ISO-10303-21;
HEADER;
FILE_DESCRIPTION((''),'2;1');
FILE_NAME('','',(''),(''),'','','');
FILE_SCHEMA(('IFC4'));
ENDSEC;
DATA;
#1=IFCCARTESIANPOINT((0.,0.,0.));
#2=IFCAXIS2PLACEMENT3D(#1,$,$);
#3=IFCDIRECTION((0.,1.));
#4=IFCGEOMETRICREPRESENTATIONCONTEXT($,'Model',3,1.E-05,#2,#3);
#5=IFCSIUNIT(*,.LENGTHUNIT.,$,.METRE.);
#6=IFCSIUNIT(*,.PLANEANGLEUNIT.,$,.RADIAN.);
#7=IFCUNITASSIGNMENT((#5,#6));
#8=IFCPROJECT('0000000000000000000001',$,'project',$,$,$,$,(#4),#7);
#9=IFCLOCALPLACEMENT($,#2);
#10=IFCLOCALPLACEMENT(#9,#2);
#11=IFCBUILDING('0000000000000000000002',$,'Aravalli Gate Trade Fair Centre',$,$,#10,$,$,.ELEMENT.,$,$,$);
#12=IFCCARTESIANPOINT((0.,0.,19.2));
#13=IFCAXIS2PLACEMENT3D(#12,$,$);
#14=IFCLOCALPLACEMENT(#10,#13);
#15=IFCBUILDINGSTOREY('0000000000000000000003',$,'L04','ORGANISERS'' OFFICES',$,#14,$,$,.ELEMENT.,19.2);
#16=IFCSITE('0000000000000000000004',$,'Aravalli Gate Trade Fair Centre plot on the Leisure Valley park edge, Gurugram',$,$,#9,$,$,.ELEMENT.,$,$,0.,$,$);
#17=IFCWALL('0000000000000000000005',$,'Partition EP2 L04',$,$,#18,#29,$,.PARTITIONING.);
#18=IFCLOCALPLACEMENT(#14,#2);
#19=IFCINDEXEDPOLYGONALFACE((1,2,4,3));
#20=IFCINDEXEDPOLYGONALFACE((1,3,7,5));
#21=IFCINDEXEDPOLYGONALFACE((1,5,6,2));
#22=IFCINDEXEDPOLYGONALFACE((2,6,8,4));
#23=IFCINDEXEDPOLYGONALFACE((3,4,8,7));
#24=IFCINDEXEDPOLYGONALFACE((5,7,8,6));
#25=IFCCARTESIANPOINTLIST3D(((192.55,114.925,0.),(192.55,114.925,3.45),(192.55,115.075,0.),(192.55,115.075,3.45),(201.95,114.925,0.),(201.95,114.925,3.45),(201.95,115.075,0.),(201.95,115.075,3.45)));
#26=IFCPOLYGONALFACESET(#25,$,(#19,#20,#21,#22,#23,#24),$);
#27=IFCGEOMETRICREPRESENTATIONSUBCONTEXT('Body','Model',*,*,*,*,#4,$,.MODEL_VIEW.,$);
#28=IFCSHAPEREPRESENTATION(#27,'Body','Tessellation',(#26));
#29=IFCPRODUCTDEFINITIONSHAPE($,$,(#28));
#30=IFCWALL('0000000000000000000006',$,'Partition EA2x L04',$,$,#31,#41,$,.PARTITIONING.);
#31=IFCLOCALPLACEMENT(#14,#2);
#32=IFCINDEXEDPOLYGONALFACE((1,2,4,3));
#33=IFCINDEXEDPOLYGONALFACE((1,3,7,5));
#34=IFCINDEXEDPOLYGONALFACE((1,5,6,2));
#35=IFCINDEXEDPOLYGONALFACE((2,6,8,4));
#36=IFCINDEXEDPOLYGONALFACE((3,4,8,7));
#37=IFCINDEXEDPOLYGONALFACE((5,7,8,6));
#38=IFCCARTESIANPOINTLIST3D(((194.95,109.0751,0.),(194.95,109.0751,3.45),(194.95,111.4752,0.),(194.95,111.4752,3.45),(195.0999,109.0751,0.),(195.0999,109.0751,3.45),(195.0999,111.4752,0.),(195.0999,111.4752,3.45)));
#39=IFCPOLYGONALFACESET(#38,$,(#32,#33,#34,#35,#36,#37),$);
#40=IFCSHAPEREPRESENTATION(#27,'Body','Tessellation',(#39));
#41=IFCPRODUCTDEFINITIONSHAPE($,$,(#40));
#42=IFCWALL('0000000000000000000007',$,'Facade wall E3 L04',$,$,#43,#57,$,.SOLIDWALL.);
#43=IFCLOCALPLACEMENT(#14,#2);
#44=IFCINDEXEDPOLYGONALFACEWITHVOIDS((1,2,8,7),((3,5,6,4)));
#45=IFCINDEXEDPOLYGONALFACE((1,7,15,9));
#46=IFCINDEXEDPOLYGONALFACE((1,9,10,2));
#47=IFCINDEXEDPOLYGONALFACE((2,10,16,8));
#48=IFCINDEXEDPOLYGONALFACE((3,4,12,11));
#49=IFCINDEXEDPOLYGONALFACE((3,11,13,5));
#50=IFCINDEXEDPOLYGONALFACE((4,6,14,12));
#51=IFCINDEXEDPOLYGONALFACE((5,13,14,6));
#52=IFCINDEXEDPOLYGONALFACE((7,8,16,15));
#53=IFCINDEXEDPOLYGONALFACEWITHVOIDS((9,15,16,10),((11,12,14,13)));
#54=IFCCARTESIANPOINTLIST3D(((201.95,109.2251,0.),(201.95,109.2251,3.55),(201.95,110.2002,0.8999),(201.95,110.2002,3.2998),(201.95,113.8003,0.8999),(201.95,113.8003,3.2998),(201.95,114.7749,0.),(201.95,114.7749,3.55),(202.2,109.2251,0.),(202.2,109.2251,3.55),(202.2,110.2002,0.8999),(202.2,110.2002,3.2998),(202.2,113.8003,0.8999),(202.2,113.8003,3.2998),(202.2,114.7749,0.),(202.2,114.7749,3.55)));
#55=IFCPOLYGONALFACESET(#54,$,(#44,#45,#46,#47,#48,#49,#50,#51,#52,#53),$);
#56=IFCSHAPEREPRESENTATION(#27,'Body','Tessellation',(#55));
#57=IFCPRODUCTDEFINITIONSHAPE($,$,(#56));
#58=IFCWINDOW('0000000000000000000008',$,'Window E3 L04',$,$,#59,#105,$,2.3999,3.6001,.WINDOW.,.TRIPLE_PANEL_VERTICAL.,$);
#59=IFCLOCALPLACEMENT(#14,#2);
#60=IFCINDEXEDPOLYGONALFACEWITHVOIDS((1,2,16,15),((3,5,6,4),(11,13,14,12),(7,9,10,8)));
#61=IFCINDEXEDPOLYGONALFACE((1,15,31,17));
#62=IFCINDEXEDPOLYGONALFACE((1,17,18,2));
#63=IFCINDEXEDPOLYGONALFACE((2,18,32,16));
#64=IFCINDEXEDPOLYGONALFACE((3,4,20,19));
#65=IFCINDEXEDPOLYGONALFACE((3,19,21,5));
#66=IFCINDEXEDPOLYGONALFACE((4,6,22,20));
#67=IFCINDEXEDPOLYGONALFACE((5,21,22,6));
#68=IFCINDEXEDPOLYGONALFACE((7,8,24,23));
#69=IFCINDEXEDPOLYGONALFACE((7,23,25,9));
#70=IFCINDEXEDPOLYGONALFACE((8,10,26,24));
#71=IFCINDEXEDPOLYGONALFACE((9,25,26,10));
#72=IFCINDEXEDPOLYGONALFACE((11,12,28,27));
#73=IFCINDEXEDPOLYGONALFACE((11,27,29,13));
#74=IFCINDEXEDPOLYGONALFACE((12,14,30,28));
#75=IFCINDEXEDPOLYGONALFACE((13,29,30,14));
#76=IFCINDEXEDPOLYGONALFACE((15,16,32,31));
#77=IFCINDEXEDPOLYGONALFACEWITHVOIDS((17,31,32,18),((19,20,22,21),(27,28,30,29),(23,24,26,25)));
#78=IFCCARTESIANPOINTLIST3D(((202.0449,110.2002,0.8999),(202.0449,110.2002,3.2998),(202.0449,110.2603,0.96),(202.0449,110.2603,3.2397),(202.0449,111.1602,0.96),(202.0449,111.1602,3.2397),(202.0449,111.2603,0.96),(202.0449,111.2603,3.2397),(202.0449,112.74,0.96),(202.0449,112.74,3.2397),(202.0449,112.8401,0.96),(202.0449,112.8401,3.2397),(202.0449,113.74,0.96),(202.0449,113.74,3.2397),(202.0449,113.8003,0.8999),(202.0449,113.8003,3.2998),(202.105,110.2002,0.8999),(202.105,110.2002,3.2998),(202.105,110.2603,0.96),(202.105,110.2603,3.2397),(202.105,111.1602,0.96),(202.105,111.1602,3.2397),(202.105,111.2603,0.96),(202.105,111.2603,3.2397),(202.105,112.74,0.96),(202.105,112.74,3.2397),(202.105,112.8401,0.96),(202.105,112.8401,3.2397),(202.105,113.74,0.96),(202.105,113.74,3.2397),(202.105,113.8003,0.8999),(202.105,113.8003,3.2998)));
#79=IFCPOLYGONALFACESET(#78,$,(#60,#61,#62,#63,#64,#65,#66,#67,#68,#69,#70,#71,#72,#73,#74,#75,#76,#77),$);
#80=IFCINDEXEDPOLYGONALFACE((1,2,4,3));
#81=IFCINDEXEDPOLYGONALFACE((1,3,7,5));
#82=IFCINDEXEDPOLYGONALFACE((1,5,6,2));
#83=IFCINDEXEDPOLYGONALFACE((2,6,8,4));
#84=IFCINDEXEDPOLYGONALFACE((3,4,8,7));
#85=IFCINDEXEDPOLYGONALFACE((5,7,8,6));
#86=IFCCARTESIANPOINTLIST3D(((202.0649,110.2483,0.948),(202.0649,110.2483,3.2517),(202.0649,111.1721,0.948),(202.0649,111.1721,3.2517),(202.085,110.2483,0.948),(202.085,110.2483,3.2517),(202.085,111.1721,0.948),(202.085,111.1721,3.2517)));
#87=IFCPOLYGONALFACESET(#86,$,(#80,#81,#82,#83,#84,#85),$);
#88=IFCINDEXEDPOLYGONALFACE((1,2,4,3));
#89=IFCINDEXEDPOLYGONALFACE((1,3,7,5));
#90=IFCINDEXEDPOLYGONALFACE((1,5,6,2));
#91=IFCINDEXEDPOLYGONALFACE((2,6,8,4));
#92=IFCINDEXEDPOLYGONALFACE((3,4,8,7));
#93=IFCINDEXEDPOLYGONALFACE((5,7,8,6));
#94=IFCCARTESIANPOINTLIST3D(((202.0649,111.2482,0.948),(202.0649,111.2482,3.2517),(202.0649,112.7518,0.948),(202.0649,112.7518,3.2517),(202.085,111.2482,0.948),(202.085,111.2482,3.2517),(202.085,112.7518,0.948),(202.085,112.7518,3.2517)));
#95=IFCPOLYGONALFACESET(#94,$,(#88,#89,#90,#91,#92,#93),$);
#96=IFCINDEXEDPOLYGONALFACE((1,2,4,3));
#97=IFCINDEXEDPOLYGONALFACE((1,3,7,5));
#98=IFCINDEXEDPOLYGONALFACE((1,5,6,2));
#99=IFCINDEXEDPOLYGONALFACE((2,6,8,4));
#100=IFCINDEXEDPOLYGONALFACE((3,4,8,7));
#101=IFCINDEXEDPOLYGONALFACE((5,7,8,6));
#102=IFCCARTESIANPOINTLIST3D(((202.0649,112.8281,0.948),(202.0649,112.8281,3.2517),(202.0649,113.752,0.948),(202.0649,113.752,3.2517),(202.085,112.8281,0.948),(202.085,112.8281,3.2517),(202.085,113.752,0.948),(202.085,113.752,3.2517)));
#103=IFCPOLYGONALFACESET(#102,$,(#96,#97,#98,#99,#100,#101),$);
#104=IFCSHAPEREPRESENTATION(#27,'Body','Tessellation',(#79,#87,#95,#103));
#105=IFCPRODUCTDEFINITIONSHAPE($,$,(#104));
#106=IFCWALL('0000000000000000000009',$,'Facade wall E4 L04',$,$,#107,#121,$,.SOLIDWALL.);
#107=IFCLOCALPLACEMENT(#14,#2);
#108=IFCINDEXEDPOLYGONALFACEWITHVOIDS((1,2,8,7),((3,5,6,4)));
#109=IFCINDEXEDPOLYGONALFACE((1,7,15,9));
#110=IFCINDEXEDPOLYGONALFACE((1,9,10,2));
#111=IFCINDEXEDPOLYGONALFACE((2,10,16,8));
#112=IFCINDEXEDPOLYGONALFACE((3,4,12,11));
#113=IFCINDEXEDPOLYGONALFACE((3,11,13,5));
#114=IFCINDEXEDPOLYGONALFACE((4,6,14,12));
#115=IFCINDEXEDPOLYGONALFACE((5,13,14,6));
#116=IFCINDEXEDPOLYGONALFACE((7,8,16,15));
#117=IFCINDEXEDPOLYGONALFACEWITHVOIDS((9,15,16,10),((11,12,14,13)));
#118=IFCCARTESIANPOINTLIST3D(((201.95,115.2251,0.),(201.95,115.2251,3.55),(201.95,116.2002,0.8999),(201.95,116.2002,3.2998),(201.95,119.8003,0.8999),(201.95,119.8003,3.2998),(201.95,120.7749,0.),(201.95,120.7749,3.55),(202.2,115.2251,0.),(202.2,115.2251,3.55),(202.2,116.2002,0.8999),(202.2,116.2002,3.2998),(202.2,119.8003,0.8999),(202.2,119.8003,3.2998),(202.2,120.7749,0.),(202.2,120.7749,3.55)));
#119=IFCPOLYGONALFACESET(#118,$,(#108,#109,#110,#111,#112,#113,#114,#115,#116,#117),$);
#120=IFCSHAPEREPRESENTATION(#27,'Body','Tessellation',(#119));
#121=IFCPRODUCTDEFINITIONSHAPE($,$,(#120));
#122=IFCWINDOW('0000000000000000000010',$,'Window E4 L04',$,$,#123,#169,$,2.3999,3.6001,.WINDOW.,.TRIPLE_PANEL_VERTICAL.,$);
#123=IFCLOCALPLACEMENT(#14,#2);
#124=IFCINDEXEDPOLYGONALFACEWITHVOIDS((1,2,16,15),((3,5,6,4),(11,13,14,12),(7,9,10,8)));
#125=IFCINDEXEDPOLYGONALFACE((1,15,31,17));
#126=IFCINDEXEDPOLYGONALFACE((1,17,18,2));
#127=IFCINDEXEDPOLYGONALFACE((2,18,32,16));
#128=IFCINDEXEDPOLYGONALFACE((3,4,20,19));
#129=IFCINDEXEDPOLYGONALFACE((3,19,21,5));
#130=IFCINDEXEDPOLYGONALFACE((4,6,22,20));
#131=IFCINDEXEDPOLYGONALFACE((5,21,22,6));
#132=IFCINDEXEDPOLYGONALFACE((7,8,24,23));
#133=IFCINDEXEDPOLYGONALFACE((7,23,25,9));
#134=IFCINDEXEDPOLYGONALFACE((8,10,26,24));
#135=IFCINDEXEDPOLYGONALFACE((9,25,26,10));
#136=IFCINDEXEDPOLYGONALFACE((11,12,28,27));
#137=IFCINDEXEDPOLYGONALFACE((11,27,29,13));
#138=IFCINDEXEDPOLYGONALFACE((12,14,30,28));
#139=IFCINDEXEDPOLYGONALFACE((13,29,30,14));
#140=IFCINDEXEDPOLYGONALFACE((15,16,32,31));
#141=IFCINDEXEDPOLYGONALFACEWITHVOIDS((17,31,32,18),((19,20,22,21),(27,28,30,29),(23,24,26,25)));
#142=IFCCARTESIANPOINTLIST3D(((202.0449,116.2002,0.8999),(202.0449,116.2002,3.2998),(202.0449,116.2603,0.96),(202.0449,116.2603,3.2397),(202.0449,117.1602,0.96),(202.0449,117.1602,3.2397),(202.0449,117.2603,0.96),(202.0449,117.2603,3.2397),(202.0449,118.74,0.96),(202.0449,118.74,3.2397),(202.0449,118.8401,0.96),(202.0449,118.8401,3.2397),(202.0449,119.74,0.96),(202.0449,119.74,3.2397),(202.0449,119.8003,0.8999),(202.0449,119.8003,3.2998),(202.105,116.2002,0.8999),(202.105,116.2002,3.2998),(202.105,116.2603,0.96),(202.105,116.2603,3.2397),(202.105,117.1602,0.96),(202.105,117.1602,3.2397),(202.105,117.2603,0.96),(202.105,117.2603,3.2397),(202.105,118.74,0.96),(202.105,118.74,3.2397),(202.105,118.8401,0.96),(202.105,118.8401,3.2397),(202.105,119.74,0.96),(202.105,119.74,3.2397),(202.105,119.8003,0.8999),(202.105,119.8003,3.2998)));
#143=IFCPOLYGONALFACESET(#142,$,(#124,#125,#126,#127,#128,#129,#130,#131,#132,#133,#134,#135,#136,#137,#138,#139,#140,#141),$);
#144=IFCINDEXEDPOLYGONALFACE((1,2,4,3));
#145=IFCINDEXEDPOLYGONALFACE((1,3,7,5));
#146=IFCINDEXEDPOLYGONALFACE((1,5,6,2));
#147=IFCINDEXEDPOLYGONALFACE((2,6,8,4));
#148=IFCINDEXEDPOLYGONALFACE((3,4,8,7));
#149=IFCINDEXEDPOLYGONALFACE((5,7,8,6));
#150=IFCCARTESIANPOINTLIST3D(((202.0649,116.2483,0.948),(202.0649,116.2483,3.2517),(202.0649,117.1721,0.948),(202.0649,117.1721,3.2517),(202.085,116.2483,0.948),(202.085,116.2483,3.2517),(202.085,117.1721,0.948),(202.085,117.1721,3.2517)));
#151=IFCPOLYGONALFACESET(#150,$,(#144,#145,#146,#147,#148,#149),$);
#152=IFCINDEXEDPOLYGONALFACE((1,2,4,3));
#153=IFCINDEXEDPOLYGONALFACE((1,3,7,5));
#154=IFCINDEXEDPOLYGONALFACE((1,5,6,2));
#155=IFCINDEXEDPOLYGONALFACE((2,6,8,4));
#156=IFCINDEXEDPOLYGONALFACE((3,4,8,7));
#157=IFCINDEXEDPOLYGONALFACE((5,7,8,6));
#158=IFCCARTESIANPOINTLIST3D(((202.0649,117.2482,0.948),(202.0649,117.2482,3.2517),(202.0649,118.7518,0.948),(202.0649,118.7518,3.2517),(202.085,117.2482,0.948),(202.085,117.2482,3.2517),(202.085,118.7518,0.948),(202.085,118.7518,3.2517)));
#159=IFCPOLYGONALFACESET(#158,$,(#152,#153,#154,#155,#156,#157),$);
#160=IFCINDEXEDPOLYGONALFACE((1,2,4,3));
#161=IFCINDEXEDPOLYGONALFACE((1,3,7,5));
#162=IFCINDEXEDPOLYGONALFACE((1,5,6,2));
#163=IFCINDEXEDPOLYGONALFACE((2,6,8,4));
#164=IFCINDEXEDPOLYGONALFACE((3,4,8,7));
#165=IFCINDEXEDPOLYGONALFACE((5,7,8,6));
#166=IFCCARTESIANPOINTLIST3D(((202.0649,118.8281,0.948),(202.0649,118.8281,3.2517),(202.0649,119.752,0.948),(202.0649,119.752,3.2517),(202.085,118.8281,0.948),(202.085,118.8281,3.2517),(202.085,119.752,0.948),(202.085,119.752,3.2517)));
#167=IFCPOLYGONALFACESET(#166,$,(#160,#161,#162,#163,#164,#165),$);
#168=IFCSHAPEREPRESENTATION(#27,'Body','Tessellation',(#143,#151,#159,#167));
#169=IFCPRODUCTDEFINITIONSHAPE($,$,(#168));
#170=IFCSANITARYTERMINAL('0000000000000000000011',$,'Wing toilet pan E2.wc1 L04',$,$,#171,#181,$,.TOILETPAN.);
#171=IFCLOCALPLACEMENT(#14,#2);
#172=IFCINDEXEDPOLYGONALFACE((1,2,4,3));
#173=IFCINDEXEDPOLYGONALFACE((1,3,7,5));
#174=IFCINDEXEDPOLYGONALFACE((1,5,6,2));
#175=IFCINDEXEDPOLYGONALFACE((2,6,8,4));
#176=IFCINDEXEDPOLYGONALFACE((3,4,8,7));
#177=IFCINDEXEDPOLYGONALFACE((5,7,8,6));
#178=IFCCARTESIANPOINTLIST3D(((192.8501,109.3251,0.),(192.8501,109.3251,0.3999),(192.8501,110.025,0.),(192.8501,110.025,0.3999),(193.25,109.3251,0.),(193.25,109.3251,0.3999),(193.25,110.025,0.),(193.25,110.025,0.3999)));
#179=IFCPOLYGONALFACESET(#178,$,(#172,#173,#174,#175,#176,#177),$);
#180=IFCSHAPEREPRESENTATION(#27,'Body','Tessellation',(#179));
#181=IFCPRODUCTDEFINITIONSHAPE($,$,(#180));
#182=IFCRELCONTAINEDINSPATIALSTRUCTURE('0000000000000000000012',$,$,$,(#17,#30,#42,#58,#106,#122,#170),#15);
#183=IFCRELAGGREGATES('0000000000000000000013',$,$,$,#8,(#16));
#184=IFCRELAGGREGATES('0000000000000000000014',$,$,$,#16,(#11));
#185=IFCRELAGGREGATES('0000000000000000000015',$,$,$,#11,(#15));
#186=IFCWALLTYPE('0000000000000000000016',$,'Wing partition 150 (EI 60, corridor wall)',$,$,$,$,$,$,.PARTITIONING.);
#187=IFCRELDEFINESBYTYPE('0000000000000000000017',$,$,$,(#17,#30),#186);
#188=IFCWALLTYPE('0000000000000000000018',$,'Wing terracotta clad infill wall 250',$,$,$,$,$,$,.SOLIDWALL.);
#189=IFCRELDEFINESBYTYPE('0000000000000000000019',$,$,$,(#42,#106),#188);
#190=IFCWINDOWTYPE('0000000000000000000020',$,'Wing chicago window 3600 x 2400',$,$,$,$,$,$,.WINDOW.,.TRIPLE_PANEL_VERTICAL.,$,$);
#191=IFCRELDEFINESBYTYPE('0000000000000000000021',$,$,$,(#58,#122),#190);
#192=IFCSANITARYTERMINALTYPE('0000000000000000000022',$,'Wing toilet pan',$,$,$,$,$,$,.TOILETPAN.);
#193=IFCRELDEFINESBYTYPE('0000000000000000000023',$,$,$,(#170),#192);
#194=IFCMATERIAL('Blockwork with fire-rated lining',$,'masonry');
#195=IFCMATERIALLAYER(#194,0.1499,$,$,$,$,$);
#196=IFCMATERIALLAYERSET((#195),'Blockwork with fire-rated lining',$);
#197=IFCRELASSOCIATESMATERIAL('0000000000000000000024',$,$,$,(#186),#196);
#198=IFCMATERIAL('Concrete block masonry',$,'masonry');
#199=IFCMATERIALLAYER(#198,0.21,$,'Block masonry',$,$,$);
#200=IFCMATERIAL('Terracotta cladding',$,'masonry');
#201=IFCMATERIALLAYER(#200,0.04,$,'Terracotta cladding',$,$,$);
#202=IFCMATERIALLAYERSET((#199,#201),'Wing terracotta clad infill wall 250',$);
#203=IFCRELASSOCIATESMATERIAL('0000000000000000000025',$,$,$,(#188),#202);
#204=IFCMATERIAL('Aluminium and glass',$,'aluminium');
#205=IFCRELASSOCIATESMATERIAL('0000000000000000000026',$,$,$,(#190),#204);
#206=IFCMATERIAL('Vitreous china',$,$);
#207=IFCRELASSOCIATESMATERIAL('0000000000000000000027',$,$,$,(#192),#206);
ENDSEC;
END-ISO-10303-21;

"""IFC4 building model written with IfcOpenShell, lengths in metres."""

from ifc_helpers import new_model, si_unit, direction, frame, frame_2d, origin, origin_2d, place, context, subcontext, project, spatial, polyline, rectangle, outline, extrude, material, layer, layer_set, type_object, element, fill, save


model = new_model("IFC4")

# Units and contexts
model_context = context("Model", 3, precision=1e-05, world=origin(), true_north=direction((0.0, 1.0)))
body_context = subcontext(model_context, "Body", "Model", "MODEL_VIEW")
ifc_project = project(units=[si_unit("LENGTHUNIT", "METRE"), si_unit("PLANEANGLEUNIT", "RADIAN")], contexts=[model_context])

# Site, building, storey
site_placement = place(None, origin())
site = spatial("IfcSite", under=ifc_project, at=site_placement, Name="Aravalli Gate Trade Fair Centre plot on the Leisure Valley park edge, Gurugram", CompositionType="ELEMENT", RefElevation=0.0)
building_placement = place(site_placement, origin())
building = spatial("IfcBuilding", under=site, at=building_placement, Name="Aravalli Gate Trade Fair Centre", CompositionType="ELEMENT")
storey_placement = place(building_placement, frame((0.0, 0.0, 19.2)))
storey = spatial("IfcBuildingStorey", under=building, at=storey_placement, Name="L04", Description="ORGANISERS' OFFICES", CompositionType="ELEMENT", Elevation=19.2)

# Walls
ifc_material_1 = material(Name="Blockwork with fire-rated lining", Category="masonry")
ifc_layer_1 = layer(ifc_material_1, 0.1499)
ifc_layer_set_1 = layer_set([ifc_layer_1], Name="Blockwork with fire-rated lining")
wall_type_1 = type_object("IfcWallType", Name="Wing partition 150 (EI 60, corridor wall)", PredefinedType="PARTITIONING", material=ifc_layer_set_1)
wall_1_placement = place(storey_placement, frame((192.55, 115.0, 0.0), z_axis=(0.0, 0.0, 1.0), x_axis=(1.0, 0.0, 0.0)))
element("IfcWall", 1, at=wall_1_placement, inside=storey, type_object=wall_type_1, Name="Partition EP2 L04", PredefinedType="PARTITIONING", context=body_context, shape_type="SweptSolid", body=[
    extrude(rectangle(XDim=9.3999, YDim=0.1499, at=frame_2d((4.7, 0.0))), origin(), (0.0, 0.0, 1.0), 3.45),
])
wall_2_placement = place(storey_placement, frame((195.0249, 109.075, 0.0), z_axis=(0.0, 0.0, 1.0), x_axis=(0.0, 1.0, 0.0)))
element("IfcWall", 2, at=wall_2_placement, inside=storey, type_object=wall_type_1, Name="Partition EA2x L04", PredefinedType="PARTITIONING", context=body_context, shape_type="SweptSolid", body=[
    extrude(rectangle(XDim=2.4001, YDim=0.1499, at=frame_2d((1.2002, 0.0))), origin(), (0.0, 0.0, 1.0), 3.45),
])

# Walls, openings, windows
ifc_material_2 = material(Name="Concrete block masonry", Category="masonry")
ifc_layer_2 = layer(ifc_material_2, 0.21, Name="Block masonry")
ifc_material_3 = material(Name="Terracotta cladding", Category="masonry")
ifc_layer_3 = layer(ifc_material_3, 0.04, Name="Terracotta cladding")
ifc_layer_set_2 = layer_set([ifc_layer_2, ifc_layer_3], Name="Wing terracotta clad infill wall 250")
wall_type_2 = type_object("IfcWallType", Name="Wing terracotta clad infill wall 250", PredefinedType="SOLIDWALL", material=ifc_layer_set_2)
wall_3_placement = place(storey_placement, frame((202.075, 109.2251, 0.0), z_axis=(0.0, 0.0, 1.0), x_axis=(0.0, 1.0, 0.0)))
wall_3 = element("IfcWall", 3, at=wall_3_placement, inside=storey, type_object=wall_type_2, Name="Facade wall E3 L04", PredefinedType="SOLIDWALL", context=body_context, shape_type="SweptSolid", body=[
    extrude(rectangle(XDim=5.5498, YDim=0.25, at=frame_2d((2.7749, 0.0))), origin(), (0.0, 0.0, 1.0), 3.55),
])
opening_1_placement = place(wall_3_placement, frame((0.9751, 0.0, 0.8999)))
opening_1 = element("IfcOpeningElement", 4, at=opening_1_placement, cuts=wall_3, PredefinedType="OPENING", context=body_context, shape_type="SweptSolid", body=[
    extrude(rectangle(XDim=3.6001, YDim=2.3999, at=frame_2d((1.8, 1.2))), frame((0.0, 0.135, 0.0), z_axis=(0.0, -1.0, 0.0), x_axis=(1.0, 0.0, 0.0)), (0.0, 0.0, 1.0), 0.27),
])
ifc_material_4 = material(Name="Aluminium and glass", Category="aluminium")
window_type = type_object("IfcWindowType", Name="Wing chicago window 3600 x 2400", PartitioningType="TRIPLE_PANEL_VERTICAL", PredefinedType="WINDOW", material=ifc_material_4)
window_1_placement = place(opening_1_placement, origin())
window_1 = element("IfcWindow", 5, at=window_1_placement, inside=storey, type_object=window_type, Name="Window E3 L04", OverallHeight=2.3999, OverallWidth=3.6001, PartitioningType="TRIPLE_PANEL_VERTICAL", PredefinedType="WINDOW", context=body_context, shape_type="SweptSolid", body=[
    extrude(outline(polyline([(0.0, 0.0), (3.6001, 0.0), (3.6001, 2.3999), (0.0, 2.3999), (0.0, 0.0)]), holes=[polyline([(0.0601, 0.0601), (0.96, 0.0601), (0.96, 2.3398), (0.0601, 2.3398), (0.0601, 0.0601)]), polyline([(1.0601, 0.0601), (2.5398, 0.0601), (2.5398, 2.3398), (1.0601, 2.3398), (1.0601, 0.0601)]), polyline([(2.6399, 0.0601), (3.5398, 0.0601), (3.5398, 2.3398), (2.6399, 2.3398), (2.6399, 0.0601)])]), frame((0.0, 0.03, 0.0), z_axis=(0.0, -1.0, 0.0), x_axis=(1.0, 0.0, 0.0)), (0.0, 0.0, 1.0), 0.0601),
    extrude(rectangle(XDim=0.9238, YDim=2.3037, at=frame_2d((0.51, 1.2))), frame((0.0, 0.01, 0.0), z_axis=(0.0, -1.0, 0.0), x_axis=(1.0, 0.0, 0.0)), (0.0, 0.0, 1.0), 0.02),
    extrude(rectangle(XDim=1.5037, YDim=2.3037, at=frame_2d((1.7998, 1.2))), frame((0.0, 0.01, 0.0), z_axis=(0.0, -1.0, 0.0), x_axis=(1.0, 0.0, 0.0)), (0.0, 0.0, 1.0), 0.02),
    extrude(rectangle(XDim=0.9238, YDim=2.3037, at=frame_2d((3.0898, 1.2))), frame((0.0, 0.01, 0.0), z_axis=(0.0, -1.0, 0.0), x_axis=(1.0, 0.0, 0.0)), (0.0, 0.0, 1.0), 0.02),
])
fill(opening_1, window_1)
wall_4_placement = place(storey_placement, frame((202.075, 115.2251, 0.0), z_axis=(0.0, 0.0, 1.0), x_axis=(0.0, 1.0, 0.0)))
wall_4 = element("IfcWall", 6, at=wall_4_placement, inside=storey, type_object=wall_type_2, Name="Facade wall E4 L04", PredefinedType="SOLIDWALL", context=body_context, shape_type="SweptSolid", body=[
    extrude(rectangle(XDim=5.5498, YDim=0.25, at=frame_2d((2.7749, 0.0))), origin(), (0.0, 0.0, 1.0), 3.55),
])
opening_2_placement = place(wall_4_placement, frame((0.9751, 0.0, 0.8999)))
opening_2 = element("IfcOpeningElement", 7, at=opening_2_placement, cuts=wall_4, PredefinedType="OPENING", context=body_context, shape_type="SweptSolid", body=[
    extrude(rectangle(XDim=3.6001, YDim=2.3999, at=frame_2d((1.8, 1.2))), frame((0.0, 0.135, 0.0), z_axis=(0.0, -1.0, 0.0), x_axis=(1.0, 0.0, 0.0)), (0.0, 0.0, 1.0), 0.27),
])
window_2_placement = place(opening_2_placement, origin())
window_2 = element("IfcWindow", 8, at=window_2_placement, inside=storey, type_object=window_type, Name="Window E4 L04", OverallHeight=2.3999, OverallWidth=3.6001, PartitioningType="TRIPLE_PANEL_VERTICAL", PredefinedType="WINDOW", context=body_context, shape_type="SweptSolid", body=[
    extrude(outline(polyline([(0.0, 0.0), (3.6001, 0.0), (3.6001, 2.3999), (0.0, 2.3999), (0.0, 0.0)]), holes=[polyline([(0.0601, 0.0601), (0.96, 0.0601), (0.96, 2.3398), (0.0601, 2.3398), (0.0601, 0.0601)]), polyline([(1.0601, 0.0601), (2.5398, 0.0601), (2.5398, 2.3398), (1.0601, 2.3398), (1.0601, 0.0601)]), polyline([(2.6399, 0.0601), (3.5398, 0.0601), (3.5398, 2.3398), (2.6399, 2.3398), (2.6399, 0.0601)])]), frame((0.0, 0.03, 0.0), z_axis=(0.0, -1.0, 0.0), x_axis=(1.0, 0.0, 0.0)), (0.0, 0.0, 1.0), 0.0601),
    extrude(rectangle(XDim=0.9238, YDim=2.3037, at=frame_2d((0.51, 1.2))), frame((0.0, 0.01, 0.0), z_axis=(0.0, -1.0, 0.0), x_axis=(1.0, 0.0, 0.0)), (0.0, 0.0, 1.0), 0.02),
    extrude(rectangle(XDim=1.5037, YDim=2.3037, at=frame_2d((1.7998, 1.2))), frame((0.0, 0.01, 0.0), z_axis=(0.0, -1.0, 0.0), x_axis=(1.0, 0.0, 0.0)), (0.0, 0.0, 1.0), 0.02),
    extrude(rectangle(XDim=0.9238, YDim=2.3037, at=frame_2d((3.0898, 1.2))), frame((0.0, 0.01, 0.0), z_axis=(0.0, -1.0, 0.0), x_axis=(1.0, 0.0, 0.0)), (0.0, 0.0, 1.0), 0.02),
])
fill(opening_2, window_2)

# Sanitary terminal
ifc_material_5 = material(Name="Vitreous china")
sanitary_terminal_type_1 = type_object("IfcSanitaryTerminalType", Name="Wing toilet pan", PredefinedType="TOILETPAN", material=ifc_material_5)
for number, where, z_axis, x_axis, name in (
    (9, (193.05, 109.675, 0.0), (0.0, 0.0, 1.0), (1.0, 0.0, 0.0), "Wing toilet pan E2.wc1 L04"),
):
    element("IfcSanitaryTerminal", number, at=place(storey_placement, frame(where, z_axis=z_axis, x_axis=x_axis)), inside=storey, type_object=sanitary_terminal_type_1, Name=name, PredefinedType="TOILETPAN", context=body_context, shape_type="SweptSolid", body=[
        extrude(rectangle(XDim=0.3999, YDim=0.7, at=origin_2d()), origin(), (0.0, 0.0, 1.0), 0.3999),
    ])

save(model, "model.ifc")
